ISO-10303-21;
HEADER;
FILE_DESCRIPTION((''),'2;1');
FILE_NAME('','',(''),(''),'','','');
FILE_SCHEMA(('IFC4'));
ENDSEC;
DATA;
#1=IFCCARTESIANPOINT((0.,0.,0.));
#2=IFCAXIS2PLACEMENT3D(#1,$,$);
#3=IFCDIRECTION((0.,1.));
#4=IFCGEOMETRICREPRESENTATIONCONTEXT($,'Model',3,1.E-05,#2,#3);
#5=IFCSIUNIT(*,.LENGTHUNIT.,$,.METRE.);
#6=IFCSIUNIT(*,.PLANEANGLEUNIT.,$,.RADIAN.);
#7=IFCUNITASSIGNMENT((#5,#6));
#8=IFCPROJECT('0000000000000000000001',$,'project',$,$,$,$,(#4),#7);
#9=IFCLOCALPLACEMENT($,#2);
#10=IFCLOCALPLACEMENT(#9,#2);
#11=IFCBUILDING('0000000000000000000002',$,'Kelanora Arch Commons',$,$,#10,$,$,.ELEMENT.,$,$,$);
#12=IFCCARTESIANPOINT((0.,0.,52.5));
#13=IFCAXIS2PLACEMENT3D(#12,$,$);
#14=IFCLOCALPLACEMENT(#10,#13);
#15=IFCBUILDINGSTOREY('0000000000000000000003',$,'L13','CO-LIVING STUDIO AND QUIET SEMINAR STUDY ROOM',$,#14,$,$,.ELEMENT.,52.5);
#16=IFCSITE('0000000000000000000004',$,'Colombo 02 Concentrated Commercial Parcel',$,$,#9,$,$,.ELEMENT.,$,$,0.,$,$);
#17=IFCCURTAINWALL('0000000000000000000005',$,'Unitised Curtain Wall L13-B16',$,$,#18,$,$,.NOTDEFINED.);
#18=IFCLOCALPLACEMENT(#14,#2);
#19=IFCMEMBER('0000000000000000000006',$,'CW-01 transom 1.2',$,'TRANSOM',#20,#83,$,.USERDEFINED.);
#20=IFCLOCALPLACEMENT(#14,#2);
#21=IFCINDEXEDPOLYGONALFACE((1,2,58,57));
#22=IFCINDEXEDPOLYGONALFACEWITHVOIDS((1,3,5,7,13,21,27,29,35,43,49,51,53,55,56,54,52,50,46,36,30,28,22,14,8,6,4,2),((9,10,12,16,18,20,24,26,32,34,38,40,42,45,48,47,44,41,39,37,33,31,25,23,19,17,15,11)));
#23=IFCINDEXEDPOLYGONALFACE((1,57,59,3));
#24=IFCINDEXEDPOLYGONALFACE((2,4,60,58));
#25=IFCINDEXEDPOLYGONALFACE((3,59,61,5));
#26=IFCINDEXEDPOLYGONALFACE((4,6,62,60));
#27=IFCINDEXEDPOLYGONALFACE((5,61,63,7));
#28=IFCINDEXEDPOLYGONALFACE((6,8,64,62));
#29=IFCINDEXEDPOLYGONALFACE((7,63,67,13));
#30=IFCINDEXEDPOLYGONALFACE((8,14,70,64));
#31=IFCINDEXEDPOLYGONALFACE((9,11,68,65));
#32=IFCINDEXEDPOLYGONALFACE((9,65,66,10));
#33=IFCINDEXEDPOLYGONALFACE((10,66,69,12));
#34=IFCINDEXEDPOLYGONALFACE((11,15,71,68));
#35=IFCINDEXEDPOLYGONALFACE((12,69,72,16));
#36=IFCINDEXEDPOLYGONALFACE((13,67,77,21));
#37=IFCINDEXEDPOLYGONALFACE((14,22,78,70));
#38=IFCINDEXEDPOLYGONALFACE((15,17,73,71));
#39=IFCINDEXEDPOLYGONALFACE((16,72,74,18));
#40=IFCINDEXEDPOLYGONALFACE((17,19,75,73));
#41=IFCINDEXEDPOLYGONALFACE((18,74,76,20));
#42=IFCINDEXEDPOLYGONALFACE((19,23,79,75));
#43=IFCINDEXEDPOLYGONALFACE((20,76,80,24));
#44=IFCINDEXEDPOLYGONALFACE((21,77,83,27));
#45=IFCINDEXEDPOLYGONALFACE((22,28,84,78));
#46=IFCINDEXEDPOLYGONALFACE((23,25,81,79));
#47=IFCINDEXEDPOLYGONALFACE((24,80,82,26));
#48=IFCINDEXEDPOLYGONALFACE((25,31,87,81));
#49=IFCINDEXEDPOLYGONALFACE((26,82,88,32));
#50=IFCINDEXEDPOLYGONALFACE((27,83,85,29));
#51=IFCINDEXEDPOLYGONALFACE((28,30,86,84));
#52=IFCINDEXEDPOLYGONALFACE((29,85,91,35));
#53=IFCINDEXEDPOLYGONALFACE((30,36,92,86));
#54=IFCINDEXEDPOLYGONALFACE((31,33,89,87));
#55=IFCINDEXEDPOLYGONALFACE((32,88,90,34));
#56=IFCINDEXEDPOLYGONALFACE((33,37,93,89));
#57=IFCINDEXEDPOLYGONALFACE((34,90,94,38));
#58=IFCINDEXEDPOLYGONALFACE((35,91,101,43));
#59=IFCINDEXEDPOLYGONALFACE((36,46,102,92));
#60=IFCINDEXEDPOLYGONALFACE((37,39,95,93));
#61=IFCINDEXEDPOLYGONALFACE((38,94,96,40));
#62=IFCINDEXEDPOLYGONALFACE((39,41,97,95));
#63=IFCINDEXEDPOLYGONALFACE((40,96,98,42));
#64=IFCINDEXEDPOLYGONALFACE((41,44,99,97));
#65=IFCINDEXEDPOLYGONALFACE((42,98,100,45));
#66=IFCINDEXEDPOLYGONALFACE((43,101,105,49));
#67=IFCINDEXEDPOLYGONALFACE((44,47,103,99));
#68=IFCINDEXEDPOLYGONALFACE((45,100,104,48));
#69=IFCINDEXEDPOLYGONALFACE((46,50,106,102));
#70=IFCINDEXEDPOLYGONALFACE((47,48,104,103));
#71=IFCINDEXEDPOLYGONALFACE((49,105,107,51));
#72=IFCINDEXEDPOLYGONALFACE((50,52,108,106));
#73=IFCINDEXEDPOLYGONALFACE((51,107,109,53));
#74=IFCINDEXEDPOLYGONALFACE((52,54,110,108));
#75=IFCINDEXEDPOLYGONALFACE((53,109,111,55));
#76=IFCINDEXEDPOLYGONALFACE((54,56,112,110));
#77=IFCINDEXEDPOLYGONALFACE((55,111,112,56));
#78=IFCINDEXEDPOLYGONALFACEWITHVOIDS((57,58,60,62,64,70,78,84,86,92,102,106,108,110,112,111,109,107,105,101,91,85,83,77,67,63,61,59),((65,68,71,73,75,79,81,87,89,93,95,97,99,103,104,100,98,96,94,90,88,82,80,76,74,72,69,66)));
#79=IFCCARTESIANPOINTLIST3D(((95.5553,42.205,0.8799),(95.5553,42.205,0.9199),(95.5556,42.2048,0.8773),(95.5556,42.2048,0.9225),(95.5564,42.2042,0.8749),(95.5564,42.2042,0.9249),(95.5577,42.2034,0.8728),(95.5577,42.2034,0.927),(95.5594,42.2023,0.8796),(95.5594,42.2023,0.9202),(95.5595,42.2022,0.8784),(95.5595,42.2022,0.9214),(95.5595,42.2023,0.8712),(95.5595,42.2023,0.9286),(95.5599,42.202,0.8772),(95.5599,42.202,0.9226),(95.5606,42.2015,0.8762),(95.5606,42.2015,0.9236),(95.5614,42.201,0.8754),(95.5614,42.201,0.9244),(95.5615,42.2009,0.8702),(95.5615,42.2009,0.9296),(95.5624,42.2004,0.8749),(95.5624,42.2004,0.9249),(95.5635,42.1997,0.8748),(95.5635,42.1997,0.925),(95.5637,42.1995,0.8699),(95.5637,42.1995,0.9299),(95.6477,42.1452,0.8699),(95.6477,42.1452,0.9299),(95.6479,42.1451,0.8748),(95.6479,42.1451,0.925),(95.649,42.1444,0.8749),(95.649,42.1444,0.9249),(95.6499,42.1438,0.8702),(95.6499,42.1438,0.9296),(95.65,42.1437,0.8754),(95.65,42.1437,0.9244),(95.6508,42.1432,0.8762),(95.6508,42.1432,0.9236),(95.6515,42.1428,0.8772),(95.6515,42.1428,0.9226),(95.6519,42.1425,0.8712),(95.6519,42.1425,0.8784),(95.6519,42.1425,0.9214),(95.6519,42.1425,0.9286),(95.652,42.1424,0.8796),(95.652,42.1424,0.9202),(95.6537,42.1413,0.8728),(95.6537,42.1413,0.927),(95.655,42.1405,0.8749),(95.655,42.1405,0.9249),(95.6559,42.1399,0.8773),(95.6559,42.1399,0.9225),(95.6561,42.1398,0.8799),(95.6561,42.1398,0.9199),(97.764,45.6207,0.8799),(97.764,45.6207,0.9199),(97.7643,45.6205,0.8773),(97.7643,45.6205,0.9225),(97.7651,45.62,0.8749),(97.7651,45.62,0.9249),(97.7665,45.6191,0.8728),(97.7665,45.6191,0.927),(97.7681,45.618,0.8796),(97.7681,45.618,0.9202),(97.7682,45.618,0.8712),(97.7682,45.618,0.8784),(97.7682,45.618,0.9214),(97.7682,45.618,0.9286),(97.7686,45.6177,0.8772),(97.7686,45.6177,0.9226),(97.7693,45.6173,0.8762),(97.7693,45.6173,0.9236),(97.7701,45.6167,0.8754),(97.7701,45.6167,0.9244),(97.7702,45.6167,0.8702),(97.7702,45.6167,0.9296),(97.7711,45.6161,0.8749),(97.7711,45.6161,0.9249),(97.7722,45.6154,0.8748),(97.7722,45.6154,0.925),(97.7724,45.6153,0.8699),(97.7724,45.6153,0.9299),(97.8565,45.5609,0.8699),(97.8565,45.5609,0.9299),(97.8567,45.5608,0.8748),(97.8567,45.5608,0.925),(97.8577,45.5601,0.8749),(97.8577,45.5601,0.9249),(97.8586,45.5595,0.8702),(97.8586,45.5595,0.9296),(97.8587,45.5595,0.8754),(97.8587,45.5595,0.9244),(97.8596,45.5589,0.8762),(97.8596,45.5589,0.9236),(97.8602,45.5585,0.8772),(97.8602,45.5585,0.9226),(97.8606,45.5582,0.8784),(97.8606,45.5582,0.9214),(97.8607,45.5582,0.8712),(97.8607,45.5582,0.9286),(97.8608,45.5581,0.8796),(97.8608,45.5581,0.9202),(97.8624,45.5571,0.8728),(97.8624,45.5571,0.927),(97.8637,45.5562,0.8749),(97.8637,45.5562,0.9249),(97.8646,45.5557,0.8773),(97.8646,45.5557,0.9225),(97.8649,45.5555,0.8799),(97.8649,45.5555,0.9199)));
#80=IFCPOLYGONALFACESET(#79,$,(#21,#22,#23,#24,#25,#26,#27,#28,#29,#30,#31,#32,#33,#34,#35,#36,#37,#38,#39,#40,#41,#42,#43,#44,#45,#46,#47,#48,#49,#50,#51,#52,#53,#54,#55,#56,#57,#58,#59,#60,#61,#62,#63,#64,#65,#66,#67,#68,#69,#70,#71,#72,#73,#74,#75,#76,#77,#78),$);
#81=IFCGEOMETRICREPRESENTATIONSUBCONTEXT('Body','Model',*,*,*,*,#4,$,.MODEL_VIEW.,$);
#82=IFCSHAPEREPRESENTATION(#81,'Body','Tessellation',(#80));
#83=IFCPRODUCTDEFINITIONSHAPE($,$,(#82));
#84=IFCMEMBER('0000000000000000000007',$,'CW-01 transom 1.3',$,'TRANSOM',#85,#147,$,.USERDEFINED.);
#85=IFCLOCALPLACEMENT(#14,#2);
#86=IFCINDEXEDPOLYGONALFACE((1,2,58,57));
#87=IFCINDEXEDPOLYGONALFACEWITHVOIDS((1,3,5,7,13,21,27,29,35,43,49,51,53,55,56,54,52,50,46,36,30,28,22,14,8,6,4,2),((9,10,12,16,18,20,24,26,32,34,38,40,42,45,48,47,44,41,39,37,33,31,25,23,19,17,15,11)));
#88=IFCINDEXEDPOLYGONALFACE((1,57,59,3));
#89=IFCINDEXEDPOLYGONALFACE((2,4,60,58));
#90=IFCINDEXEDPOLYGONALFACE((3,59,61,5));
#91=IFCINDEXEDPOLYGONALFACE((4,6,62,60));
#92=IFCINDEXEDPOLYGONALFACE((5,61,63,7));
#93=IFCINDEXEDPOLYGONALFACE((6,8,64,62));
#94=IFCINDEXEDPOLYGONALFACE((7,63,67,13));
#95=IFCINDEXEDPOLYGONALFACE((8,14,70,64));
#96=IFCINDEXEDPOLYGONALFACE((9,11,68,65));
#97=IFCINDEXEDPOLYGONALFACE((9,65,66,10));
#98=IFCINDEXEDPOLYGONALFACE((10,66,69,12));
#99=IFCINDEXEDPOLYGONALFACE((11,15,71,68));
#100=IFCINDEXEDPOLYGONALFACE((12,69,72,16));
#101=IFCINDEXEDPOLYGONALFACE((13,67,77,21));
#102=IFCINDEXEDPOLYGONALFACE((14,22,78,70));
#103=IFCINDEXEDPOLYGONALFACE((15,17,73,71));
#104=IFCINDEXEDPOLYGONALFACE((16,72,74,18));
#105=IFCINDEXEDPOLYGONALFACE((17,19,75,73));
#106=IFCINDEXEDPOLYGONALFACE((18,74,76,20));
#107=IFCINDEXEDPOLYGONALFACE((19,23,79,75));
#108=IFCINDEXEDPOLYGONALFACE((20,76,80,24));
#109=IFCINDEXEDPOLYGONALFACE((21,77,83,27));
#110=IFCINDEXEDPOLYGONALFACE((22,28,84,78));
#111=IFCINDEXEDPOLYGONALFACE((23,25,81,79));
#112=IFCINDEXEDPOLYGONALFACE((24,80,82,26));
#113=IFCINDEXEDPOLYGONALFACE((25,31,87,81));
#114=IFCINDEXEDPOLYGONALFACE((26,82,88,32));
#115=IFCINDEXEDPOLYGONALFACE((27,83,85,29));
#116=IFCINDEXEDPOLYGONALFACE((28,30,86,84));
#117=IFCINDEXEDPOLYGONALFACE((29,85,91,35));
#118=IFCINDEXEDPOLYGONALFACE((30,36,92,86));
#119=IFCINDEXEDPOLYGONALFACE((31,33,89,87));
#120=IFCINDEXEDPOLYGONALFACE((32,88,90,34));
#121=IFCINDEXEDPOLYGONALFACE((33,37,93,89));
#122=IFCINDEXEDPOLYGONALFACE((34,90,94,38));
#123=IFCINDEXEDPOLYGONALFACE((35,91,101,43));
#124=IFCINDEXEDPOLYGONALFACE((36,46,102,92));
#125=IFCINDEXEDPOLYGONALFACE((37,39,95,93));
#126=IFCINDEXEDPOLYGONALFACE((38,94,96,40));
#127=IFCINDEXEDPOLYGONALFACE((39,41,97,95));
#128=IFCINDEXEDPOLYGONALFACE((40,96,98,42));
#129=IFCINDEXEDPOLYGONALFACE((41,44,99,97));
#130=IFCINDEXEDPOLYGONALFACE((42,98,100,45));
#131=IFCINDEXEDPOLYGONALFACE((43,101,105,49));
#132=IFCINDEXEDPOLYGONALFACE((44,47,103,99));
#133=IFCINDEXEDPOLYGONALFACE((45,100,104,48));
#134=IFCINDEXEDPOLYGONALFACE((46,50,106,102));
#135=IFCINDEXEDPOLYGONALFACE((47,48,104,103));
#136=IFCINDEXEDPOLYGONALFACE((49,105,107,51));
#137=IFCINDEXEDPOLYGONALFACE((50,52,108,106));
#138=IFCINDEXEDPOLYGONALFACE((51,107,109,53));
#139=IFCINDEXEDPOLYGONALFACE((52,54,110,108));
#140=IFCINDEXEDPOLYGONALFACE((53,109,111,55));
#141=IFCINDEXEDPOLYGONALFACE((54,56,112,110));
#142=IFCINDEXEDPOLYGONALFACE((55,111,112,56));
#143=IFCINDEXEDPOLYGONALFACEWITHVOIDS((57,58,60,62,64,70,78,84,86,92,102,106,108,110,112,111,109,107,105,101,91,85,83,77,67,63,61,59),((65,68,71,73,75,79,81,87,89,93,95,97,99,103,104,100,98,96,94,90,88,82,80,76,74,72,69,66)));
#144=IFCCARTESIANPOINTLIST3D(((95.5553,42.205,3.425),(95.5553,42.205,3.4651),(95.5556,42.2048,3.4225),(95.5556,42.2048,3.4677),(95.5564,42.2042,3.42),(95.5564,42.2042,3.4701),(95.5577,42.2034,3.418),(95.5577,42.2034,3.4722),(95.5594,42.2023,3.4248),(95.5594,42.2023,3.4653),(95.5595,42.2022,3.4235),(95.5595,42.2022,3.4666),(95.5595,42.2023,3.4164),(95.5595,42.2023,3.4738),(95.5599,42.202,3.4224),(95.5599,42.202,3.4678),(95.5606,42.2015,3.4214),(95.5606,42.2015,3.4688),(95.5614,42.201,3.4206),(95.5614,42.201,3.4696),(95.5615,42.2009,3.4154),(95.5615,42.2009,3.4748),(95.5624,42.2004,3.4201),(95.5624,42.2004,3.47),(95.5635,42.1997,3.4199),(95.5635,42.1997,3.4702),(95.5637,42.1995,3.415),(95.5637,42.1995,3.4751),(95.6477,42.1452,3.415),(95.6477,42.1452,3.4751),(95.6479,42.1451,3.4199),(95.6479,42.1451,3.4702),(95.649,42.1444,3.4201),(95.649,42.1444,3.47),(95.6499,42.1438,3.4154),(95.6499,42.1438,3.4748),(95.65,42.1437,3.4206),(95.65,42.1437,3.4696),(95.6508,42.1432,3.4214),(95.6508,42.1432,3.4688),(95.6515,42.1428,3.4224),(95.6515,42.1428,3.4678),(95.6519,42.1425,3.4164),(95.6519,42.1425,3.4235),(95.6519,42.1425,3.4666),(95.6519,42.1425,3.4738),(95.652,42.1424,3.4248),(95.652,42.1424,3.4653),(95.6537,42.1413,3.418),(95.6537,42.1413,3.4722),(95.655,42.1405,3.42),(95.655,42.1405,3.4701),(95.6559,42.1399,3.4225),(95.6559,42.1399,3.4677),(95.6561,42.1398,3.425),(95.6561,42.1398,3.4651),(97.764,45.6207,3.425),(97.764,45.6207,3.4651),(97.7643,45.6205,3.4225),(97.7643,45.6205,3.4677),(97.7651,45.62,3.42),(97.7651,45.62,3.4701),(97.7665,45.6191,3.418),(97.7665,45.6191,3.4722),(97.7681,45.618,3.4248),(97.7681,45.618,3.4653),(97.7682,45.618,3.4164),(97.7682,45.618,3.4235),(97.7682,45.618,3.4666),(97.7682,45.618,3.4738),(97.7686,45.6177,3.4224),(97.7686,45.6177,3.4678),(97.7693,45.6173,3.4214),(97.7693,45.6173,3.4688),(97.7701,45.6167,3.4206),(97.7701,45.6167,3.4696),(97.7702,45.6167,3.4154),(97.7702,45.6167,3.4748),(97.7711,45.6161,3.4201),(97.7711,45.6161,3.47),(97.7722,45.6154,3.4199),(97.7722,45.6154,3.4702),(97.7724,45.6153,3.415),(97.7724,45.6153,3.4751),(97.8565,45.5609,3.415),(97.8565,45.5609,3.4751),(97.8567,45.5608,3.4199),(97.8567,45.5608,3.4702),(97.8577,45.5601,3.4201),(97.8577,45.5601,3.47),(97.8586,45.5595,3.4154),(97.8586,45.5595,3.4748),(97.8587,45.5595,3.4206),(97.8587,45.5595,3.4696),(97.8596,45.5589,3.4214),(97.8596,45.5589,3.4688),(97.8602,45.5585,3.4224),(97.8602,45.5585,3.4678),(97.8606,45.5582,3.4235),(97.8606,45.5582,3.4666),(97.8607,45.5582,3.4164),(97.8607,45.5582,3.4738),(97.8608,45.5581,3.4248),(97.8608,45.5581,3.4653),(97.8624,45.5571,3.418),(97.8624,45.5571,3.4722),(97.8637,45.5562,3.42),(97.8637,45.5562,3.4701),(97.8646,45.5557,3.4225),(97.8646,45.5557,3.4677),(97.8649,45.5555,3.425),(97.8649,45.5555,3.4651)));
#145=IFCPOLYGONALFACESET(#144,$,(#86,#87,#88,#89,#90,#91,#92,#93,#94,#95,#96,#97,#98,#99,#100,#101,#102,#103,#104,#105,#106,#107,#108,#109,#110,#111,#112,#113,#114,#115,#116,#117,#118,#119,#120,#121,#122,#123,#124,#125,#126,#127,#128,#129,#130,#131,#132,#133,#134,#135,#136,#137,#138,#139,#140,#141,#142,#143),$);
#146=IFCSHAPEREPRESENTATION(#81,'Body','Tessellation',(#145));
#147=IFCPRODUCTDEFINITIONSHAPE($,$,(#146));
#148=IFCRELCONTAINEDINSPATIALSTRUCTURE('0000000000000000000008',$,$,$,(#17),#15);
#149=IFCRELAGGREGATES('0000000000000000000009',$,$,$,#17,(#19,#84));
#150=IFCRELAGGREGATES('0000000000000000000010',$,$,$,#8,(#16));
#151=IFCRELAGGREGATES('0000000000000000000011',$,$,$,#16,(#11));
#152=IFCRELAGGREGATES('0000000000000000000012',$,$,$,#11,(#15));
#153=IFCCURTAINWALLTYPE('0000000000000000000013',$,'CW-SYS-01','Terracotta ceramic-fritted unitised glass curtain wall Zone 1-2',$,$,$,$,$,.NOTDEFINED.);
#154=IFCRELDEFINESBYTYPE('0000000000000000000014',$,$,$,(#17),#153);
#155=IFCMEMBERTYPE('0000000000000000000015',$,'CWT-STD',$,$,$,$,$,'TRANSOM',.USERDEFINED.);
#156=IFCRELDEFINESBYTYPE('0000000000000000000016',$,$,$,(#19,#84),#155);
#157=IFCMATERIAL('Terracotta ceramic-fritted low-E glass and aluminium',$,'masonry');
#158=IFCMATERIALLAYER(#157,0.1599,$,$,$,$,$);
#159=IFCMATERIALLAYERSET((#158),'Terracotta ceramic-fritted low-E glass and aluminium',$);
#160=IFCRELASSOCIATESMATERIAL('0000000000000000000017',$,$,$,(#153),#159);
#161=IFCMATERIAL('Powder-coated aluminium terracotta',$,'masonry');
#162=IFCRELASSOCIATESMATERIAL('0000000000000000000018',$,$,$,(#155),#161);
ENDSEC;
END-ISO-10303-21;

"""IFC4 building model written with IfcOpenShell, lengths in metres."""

from ifc_helpers import new_model, si_unit, direction, frame, origin, origin_2d, place, context, subcontext, project, spatial, hollow_rectangle, extrude, material, layer, layer_set, material_profile, profile_set, type_object, element, aggregate, save


model = new_model("IFC4")

# Units and contexts
model_context = context("Model", 3, precision=1e-05, world=origin(), true_north=direction((0.0, 1.0)))
body_context = subcontext(model_context, "Body", "Model", "MODEL_VIEW")
ifc_project = project(units=[si_unit("LENGTHUNIT", "METRE"), si_unit("PLANEANGLEUNIT", "RADIAN")], contexts=[model_context])

# Site, building, storey
site_placement = place(None, origin())
site = spatial("IfcSite", under=ifc_project, at=site_placement, Name="Colombo 02 Concentrated Commercial Parcel", CompositionType="ELEMENT", RefElevation=0.0)
building_placement = place(site_placement, origin())
building = spatial("IfcBuilding", under=site, at=building_placement, Name="Kelanora Arch Commons", CompositionType="ELEMENT")
storey_placement = place(building_placement, frame((0.0, 0.0, 52.5)))
storey = spatial("IfcBuildingStorey", under=building, at=storey_placement, Name="L13", Description="CO-LIVING STUDIO AND QUIET SEMINAR STUDY ROOM", CompositionType="ELEMENT", Elevation=52.5)

# Shared definitions
ifc_material_1 = material(Name="Terracotta ceramic-fritted low-E glass and aluminium", Category="masonry")
ifc_layer_1 = layer(ifc_material_1, 0.1599)
ifc_layer_set_1 = layer_set([ifc_layer_1], Name="Terracotta ceramic-fritted low-E glass and aluminium")
curtain_wall_type = type_object("IfcCurtainWallType", Name="CW-SYS-01", Description="Terracotta ceramic-fritted unitised glass curtain wall Zone 1-2", PredefinedType="NOTDEFINED", material=ifc_layer_set_1)
ifc_material_2 = material(Name="Powder-coated aluminium terracotta", Category="masonry")

# Curtain wall, members
curtain_wall_1_placement = place(storey_placement, origin())
curtain_wall_1 = element("IfcCurtainWall", 1, at=curtain_wall_1_placement, inside=storey, type_object=curtain_wall_type, Name="Unitised Curtain Wall L13-B16", PredefinedType="NOTDEFINED")
ifc_material_profile_1 = material_profile(ifc_material_2, hollow_rectangle(XDim=0.1201, YDim=0.0601, WallThickness=0.0049, InnerFilletRadius=0.0049, OuterFilletRadius=0.01, at=origin_2d()), Name="CWT120x60")
ifc_profile_set_1 = profile_set([ifc_material_profile_1], Name="Powder-coated aluminium terracotta")
member_type_1 = type_object("IfcMemberType", Name="CWT-STD", ElementType="TRANSOM", PredefinedType="USERDEFINED", material=ifc_profile_set_1)
member_1_placement = place(storey_placement, frame((95.6057, 42.1724, 0.8999), z_axis=(0.542997, 0.839734, 0.0), x_axis=(-0.839734, 0.542997, 0.0)))
member_1 = element("IfcMember", 2, at=member_1_placement, type_object=member_type_1, Name="CW-01 transom 1.2", ObjectType="TRANSOM", PredefinedType="USERDEFINED", context=body_context, shape_type="SweptSolid", body=[
    extrude(hollow_rectangle(XDim=0.1201, YDim=0.0601, WallThickness=0.0049, InnerFilletRadius=0.0049, OuterFilletRadius=0.01, at=origin_2d()), origin(), (0.0, 0.0, 1.0), 4.0676),
])
member_2_placement = place(storey_placement, frame((95.6057, 42.1724, 3.4451), z_axis=(0.542997, 0.839734, 0.0), x_axis=(-0.839734, 0.542997, 0.0)))
member_2 = element("IfcMember", 3, at=member_2_placement, type_object=member_type_1, Name="CW-01 transom 1.3", ObjectType="TRANSOM", PredefinedType="USERDEFINED", context=body_context, shape_type="SweptSolid", body=[
    extrude(hollow_rectangle(XDim=0.1201, YDim=0.0601, WallThickness=0.0049, InnerFilletRadius=0.0049, OuterFilletRadius=0.01, at=origin_2d()), origin(), (0.0, 0.0, 1.0), 4.0676),
])

aggregate(curtain_wall_1, [member_1, member_2])

save(model, "model.ifc")
